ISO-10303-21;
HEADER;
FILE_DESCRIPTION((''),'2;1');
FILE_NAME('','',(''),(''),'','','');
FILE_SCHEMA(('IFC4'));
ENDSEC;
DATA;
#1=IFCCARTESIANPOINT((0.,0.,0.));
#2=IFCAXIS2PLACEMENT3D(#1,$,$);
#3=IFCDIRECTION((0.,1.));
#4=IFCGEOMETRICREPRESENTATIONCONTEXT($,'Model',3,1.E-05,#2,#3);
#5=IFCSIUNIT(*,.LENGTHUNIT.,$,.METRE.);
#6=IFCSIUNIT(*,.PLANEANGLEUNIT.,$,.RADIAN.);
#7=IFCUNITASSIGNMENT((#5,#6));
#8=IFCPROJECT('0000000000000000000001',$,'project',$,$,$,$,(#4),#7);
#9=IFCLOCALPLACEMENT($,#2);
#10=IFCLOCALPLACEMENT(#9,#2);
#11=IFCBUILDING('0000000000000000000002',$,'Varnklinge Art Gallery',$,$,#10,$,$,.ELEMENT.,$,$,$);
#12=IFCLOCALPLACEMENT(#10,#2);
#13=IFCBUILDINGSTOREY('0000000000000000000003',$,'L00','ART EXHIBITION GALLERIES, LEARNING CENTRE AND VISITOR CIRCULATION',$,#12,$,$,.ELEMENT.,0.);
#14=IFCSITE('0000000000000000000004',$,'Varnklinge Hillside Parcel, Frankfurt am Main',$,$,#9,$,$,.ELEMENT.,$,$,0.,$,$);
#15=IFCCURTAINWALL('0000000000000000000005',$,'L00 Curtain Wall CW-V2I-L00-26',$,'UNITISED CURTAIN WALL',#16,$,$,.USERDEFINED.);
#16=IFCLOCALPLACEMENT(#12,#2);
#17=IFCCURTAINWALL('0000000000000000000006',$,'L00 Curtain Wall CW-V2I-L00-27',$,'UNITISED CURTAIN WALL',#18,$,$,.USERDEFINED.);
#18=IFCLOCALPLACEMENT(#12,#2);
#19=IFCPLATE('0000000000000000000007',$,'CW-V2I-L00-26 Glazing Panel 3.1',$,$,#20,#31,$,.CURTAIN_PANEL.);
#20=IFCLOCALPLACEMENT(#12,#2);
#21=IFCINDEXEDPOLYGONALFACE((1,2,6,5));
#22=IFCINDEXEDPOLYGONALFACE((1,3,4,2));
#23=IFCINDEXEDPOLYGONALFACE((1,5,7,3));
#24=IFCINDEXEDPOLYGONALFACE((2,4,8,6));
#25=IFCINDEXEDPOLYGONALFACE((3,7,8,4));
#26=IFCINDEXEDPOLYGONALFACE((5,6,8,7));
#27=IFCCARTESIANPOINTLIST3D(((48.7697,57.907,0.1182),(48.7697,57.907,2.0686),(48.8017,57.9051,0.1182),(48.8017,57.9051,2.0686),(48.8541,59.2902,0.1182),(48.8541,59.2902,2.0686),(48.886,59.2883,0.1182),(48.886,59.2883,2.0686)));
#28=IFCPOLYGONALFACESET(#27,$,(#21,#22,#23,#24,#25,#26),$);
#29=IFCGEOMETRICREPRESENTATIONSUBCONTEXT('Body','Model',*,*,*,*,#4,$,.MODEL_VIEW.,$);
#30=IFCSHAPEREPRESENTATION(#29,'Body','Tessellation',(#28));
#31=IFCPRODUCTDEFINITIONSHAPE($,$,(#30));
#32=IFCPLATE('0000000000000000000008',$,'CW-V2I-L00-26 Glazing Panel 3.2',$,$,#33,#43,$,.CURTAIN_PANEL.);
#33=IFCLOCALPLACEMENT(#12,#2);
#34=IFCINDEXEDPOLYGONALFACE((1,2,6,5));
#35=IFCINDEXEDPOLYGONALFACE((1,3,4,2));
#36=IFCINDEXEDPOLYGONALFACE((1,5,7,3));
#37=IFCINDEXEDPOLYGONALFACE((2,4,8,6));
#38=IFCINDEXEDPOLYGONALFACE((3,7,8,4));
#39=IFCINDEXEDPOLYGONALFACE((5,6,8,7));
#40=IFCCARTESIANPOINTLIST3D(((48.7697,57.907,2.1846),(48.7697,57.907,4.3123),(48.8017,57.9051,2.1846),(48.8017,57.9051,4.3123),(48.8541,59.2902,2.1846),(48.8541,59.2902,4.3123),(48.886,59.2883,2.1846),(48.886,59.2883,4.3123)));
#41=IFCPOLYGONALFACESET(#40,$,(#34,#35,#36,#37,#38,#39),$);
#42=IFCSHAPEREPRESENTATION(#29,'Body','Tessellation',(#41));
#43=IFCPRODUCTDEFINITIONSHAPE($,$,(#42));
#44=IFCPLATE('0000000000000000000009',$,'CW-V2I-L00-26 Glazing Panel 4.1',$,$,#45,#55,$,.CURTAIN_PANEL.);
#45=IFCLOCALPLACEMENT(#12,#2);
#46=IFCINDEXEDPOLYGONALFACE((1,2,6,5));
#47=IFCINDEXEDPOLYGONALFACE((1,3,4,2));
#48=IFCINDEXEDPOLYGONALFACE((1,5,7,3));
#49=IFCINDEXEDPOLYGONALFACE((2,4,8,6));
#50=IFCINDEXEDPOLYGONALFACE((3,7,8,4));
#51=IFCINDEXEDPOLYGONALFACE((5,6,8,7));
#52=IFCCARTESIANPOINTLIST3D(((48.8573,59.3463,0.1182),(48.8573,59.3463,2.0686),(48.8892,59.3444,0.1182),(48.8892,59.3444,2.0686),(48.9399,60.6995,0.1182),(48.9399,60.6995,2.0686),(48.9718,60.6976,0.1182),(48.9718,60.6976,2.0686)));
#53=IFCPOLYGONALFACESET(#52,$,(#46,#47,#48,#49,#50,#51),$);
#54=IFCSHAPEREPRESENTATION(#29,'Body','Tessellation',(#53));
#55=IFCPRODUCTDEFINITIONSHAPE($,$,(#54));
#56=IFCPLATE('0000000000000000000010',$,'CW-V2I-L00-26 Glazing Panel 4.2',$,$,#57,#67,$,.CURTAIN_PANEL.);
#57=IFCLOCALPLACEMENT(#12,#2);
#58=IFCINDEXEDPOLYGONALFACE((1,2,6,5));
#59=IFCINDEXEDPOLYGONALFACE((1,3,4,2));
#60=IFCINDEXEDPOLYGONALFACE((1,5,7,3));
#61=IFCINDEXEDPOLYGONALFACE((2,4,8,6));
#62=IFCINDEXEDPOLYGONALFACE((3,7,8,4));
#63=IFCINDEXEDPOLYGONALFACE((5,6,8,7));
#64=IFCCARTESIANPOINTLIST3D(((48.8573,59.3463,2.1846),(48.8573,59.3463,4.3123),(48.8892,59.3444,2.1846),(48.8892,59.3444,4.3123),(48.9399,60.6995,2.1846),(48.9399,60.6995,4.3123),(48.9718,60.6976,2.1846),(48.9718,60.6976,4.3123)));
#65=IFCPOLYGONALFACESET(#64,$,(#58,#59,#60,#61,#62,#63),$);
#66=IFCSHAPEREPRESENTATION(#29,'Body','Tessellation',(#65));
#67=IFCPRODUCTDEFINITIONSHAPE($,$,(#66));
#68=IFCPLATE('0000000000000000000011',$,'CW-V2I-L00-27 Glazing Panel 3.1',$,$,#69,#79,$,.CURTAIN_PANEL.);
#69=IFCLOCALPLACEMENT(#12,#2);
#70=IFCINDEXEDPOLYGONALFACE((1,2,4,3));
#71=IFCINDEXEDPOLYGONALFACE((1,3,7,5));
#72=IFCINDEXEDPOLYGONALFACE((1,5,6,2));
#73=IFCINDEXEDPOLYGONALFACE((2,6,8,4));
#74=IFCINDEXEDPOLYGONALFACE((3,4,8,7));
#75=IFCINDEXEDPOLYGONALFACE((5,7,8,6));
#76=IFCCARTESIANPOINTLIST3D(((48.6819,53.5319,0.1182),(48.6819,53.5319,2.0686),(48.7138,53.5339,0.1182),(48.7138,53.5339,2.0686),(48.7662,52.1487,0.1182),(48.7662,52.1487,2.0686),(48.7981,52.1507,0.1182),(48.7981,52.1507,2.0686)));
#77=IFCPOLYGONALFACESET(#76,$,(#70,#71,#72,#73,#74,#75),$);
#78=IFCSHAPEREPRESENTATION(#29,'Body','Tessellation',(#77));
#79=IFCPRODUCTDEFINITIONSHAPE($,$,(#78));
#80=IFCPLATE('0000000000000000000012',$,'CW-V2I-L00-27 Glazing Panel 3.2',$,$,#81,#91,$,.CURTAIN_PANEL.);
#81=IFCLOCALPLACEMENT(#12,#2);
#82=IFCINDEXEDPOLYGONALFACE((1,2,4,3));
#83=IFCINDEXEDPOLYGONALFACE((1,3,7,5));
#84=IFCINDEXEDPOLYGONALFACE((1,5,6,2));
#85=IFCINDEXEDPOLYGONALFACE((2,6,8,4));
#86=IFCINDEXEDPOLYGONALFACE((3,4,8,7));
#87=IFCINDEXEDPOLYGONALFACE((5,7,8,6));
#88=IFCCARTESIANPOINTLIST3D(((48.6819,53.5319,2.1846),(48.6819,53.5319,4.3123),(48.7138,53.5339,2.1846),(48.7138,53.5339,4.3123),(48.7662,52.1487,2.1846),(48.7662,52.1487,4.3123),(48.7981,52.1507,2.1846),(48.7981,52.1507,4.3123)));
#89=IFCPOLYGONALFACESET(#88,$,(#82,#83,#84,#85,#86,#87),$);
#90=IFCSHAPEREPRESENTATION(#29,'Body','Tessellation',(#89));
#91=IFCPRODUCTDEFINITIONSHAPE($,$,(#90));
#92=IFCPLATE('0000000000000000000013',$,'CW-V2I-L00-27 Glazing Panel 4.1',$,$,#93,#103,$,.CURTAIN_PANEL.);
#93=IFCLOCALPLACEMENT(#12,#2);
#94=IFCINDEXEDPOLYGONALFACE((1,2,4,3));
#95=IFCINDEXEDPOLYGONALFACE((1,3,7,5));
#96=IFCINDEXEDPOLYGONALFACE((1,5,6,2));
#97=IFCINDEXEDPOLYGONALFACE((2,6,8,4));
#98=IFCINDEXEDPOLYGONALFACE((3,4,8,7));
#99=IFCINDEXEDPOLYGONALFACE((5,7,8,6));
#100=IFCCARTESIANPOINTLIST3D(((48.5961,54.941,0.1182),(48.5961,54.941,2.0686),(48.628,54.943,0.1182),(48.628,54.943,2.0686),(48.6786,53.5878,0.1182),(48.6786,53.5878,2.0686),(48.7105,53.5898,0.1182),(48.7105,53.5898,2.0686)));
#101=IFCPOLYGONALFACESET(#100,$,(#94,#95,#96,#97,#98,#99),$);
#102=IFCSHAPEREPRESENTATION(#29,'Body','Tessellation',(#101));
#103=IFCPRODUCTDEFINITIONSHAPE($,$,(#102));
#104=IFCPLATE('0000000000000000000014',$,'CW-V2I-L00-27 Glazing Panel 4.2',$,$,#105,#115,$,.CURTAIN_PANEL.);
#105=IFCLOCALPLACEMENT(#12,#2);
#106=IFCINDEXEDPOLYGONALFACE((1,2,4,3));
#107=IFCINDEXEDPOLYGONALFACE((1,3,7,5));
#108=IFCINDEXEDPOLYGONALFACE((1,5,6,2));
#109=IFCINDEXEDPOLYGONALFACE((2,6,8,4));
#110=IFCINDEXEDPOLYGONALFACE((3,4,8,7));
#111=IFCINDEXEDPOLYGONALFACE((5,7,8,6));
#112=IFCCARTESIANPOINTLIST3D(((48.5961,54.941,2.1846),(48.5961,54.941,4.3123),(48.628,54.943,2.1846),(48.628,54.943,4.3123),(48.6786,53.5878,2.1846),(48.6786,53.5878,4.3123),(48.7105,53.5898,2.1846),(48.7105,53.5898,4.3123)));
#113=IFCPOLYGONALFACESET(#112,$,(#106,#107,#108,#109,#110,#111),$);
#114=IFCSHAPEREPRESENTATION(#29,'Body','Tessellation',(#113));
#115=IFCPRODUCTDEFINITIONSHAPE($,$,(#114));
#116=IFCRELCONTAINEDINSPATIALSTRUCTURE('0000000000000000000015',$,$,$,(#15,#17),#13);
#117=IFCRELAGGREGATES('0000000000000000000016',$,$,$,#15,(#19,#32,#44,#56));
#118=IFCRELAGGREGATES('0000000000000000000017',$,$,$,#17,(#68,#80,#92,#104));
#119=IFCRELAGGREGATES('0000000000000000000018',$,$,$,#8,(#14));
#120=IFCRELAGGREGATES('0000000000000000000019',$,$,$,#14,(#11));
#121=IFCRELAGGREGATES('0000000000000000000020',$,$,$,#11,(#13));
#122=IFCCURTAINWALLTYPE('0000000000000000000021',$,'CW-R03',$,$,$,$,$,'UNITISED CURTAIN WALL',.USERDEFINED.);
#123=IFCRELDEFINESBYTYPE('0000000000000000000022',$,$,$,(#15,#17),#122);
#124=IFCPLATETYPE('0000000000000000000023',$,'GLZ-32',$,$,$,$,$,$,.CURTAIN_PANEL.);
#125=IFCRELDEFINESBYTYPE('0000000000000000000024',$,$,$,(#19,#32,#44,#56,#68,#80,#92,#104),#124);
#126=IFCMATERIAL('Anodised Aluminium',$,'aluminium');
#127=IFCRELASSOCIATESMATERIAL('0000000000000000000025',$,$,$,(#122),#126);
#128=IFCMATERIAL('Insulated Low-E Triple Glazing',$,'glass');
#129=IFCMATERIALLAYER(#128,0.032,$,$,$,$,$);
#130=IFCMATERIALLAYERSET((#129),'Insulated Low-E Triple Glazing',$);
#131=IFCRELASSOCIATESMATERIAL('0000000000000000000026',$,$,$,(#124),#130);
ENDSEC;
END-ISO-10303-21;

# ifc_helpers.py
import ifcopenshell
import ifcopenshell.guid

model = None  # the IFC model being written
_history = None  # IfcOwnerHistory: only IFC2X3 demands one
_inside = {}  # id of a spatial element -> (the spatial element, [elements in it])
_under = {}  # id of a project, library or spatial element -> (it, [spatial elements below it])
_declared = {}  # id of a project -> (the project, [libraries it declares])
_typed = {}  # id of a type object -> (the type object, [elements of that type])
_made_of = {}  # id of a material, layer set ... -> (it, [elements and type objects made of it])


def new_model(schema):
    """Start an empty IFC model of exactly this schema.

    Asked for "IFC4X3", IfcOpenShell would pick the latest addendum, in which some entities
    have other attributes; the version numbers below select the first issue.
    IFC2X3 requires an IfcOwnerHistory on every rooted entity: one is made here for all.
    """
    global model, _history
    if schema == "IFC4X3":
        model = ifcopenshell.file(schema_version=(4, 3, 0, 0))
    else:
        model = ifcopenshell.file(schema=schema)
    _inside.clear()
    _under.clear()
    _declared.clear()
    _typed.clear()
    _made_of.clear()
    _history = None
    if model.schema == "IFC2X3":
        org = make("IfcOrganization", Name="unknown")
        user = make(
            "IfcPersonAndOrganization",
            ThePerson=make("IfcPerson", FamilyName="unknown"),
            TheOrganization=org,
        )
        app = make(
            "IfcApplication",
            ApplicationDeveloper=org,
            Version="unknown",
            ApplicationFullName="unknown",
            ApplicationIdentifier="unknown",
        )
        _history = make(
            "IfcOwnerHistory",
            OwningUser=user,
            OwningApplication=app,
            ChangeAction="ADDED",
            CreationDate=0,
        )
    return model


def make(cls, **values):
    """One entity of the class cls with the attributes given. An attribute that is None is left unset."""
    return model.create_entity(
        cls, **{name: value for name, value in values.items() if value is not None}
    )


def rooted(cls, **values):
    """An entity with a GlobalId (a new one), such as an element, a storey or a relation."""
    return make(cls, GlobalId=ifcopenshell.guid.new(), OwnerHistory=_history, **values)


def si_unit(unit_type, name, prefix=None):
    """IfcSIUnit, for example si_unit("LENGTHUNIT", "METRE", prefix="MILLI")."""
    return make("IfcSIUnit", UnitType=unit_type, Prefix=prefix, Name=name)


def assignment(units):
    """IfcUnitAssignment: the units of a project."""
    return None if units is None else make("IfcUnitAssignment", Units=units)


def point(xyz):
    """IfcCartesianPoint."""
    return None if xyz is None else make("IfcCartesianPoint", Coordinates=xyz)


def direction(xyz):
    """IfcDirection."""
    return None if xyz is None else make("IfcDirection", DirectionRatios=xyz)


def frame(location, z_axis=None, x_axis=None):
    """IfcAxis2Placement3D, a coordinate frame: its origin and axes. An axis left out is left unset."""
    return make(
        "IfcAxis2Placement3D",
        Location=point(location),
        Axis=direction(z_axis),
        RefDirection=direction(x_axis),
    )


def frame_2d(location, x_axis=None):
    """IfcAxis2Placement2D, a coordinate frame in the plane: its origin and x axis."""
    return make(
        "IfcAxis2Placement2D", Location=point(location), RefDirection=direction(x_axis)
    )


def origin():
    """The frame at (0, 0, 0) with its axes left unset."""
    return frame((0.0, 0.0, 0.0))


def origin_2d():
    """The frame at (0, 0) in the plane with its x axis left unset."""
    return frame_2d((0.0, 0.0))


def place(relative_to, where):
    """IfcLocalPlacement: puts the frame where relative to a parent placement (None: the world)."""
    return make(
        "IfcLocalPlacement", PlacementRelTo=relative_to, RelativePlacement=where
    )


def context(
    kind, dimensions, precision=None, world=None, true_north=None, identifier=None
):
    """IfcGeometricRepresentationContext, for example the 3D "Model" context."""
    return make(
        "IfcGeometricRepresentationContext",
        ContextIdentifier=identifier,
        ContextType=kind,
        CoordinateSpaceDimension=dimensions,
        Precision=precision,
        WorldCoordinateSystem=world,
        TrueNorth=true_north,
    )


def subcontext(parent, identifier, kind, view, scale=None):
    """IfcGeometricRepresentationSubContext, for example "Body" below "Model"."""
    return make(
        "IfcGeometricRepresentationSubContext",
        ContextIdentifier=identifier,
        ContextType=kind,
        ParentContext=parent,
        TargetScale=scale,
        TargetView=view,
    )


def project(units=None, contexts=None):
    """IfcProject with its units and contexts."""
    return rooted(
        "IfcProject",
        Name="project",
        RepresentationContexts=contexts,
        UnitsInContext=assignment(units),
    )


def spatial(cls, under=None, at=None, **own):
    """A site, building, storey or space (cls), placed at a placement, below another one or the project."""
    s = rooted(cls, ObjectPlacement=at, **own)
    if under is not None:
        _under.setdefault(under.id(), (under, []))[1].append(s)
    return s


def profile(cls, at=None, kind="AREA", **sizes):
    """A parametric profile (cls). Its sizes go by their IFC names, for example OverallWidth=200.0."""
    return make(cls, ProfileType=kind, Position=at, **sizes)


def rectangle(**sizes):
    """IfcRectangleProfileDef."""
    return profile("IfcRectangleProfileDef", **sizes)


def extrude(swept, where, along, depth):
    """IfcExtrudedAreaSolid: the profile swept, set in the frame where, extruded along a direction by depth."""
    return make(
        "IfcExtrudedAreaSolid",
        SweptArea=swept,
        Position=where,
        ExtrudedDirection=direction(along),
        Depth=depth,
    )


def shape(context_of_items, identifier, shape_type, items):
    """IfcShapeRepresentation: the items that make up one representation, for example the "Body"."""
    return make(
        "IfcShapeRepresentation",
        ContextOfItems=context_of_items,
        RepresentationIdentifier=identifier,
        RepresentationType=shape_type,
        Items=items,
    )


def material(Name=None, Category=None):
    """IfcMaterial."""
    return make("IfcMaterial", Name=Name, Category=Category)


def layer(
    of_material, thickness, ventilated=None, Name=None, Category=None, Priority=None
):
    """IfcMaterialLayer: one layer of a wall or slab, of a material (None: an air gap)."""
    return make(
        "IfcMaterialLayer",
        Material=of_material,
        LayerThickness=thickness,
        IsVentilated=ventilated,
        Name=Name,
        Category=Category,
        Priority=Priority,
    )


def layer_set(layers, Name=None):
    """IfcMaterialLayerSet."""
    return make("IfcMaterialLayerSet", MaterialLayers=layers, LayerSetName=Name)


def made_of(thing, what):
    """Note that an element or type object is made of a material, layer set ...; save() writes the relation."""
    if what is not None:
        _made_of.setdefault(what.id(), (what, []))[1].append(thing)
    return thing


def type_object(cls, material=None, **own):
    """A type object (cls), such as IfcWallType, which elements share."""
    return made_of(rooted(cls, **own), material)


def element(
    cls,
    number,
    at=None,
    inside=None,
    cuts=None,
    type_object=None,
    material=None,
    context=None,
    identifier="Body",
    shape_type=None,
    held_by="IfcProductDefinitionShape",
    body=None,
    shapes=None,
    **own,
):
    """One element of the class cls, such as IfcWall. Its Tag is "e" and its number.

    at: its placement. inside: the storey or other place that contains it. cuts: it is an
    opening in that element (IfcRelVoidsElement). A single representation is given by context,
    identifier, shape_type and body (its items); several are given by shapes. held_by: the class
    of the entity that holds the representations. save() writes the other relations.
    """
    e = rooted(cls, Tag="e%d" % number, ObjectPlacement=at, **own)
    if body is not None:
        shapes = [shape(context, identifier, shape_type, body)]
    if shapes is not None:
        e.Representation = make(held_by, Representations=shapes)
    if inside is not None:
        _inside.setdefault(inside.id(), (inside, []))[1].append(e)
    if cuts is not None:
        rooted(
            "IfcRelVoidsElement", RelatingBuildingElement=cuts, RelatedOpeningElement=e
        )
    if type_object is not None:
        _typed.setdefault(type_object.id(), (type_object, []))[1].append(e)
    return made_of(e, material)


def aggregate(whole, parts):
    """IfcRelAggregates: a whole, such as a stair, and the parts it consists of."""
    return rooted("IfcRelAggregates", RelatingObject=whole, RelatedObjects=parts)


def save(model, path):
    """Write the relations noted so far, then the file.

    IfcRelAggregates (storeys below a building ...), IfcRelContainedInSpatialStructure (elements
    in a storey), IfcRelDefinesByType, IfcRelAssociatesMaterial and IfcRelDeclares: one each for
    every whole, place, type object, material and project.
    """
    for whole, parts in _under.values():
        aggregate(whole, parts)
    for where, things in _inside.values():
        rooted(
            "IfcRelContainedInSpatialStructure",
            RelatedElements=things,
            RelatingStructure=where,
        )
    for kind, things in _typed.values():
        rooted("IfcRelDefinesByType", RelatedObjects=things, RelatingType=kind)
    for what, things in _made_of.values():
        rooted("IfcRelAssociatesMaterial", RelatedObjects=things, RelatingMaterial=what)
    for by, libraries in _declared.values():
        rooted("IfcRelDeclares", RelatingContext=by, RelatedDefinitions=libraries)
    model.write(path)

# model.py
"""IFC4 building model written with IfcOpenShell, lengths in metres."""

from ifc_helpers import new_model, si_unit, direction, frame, origin, origin_2d, place, context, subcontext, project, spatial, rectangle, extrude, material, layer, layer_set, type_object, element, aggregate, save


model = new_model("IFC4")

# Units and contexts
model_context = context("Model", 3, precision=1e-05, world=origin(), true_north=direction((0.0, 1.0)))
body_context = subcontext(model_context, "Body", "Model", "MODEL_VIEW")
ifc_project = project(units=[si_unit("LENGTHUNIT", "METRE"), si_unit("PLANEANGLEUNIT", "RADIAN")], contexts=[model_context])

# Site, building, storey
site_placement = place(None, origin())
site = spatial("IfcSite", under=ifc_project, at=site_placement, Name="Varnklinge Hillside Parcel, Frankfurt am Main", CompositionType="ELEMENT", RefElevation=0.0)
building_placement = place(site_placement, origin())
building = spatial("IfcBuilding", under=site, at=building_placement, Name="Varnklinge Art Gallery", CompositionType="ELEMENT")
storey_placement = place(building_placement, origin())
storey = spatial("IfcBuildingStorey", under=building, at=storey_placement, Name="L00", Description="ART EXHIBITION GALLERIES, LEARNING CENTRE AND VISITOR CIRCULATION", CompositionType="ELEMENT", Elevation=0.0)

# Curtain walls
ifc_material_1 = material(Name="Anodised Aluminium", Category="aluminium")
curtain_wall_type = type_object("IfcCurtainWallType", Name="CW-R03", ElementType="UNITISED CURTAIN WALL", PredefinedType="USERDEFINED", material=ifc_material_1)
curtain_wall_1_placement = place(storey_placement, origin())
curtain_wall_1 = element("IfcCurtainWall", 1, at=curtain_wall_1_placement, inside=storey, type_object=curtain_wall_type, Name="L00 Curtain Wall CW-V2I-L00-26", ObjectType="UNITISED CURTAIN WALL", PredefinedType="USERDEFINED")
curtain_wall_2_placement = place(storey_placement, origin())
curtain_wall_2 = element("IfcCurtainWall", 2, at=curtain_wall_2_placement, inside=storey, type_object=curtain_wall_type, Name="L00 Curtain Wall CW-V2I-L00-27", ObjectType="UNITISED CURTAIN WALL", PredefinedType="USERDEFINED")

# Plates
ifc_material_2 = material(Name="Insulated Low-E Triple Glazing", Category="glass")
ifc_layer = layer(ifc_material_2, 0.032)
ifc_layer_set = layer_set([ifc_layer], Name="Insulated Low-E Triple Glazing")
plate_type = type_object("IfcPlateType", Name="GLZ-32", PredefinedType="CURTAIN_PANEL", material=ifc_layer_set)
plate_1_placement = place(storey_placement, frame((48.8279, 58.5977, 0.1182), z_axis=(0.0, 0.0, 1.0), x_axis=(0.060874, 0.998145, 0.0)))
plate_1 = element("IfcPlate", 3, at=plate_1_placement, type_object=plate_type, Name="CW-V2I-L00-26 Glazing Panel 3.1", PredefinedType="CURTAIN_PANEL", context=body_context, shape_type="SweptSolid", body=[
    extrude(rectangle(XDim=1.3857, YDim=0.032, at=origin_2d()), origin(), (0.0, 0.0, 1.0), 1.9504),
])
plate_2_placement = place(storey_placement, frame((48.8279, 58.5977, 2.1846), z_axis=(0.0, 0.0, 1.0), x_axis=(0.060874, 0.998145, 0.0)))
plate_2 = element("IfcPlate", 4, at=plate_2_placement, type_object=plate_type, Name="CW-V2I-L00-26 Glazing Panel 3.2", PredefinedType="CURTAIN_PANEL", context=body_context, shape_type="SweptSolid", body=[
    extrude(rectangle(XDim=1.3857, YDim=0.032, at=origin_2d()), origin(), (0.0, 0.0, 1.0), 2.1277),
])
plate_3_placement = place(storey_placement, frame((48.9146, 60.022, 0.1182), z_axis=(0.0, 0.0, 1.0), x_axis=(0.060874, 0.998145, 0.0)))
plate_3 = element("IfcPlate", 5, at=plate_3_placement, type_object=plate_type, Name="CW-V2I-L00-26 Glazing Panel 4.1", PredefinedType="CURTAIN_PANEL", context=body_context, shape_type="SweptSolid", body=[
    extrude(rectangle(XDim=1.3557, YDim=0.032, at=origin_2d()), origin(), (0.0, 0.0, 1.0), 1.9504),
])
plate_4_placement = place(storey_placement, frame((48.9146, 60.022, 2.1846), z_axis=(0.0, 0.0, 1.0), x_axis=(0.060874, 0.998145, 0.0)))
plate_4 = element("IfcPlate", 6, at=plate_4_placement, type_object=plate_type, Name="CW-V2I-L00-26 Glazing Panel 4.2", PredefinedType="CURTAIN_PANEL", context=body_context, shape_type="SweptSolid", body=[
    extrude(rectangle(XDim=1.3557, YDim=0.032, at=origin_2d()), origin(), (0.0, 0.0, 1.0), 2.1277),
])
aggregate(curtain_wall_1, [plate_1, plate_2, plate_3, plate_4])
plate_5_placement = place(storey_placement, frame((48.74, 52.8413, 0.1182), z_axis=(0.0, 0.0, 1.0), x_axis=(-0.060874, 0.998145, 0.0)))
plate_5 = element("IfcPlate", 7, at=plate_5_placement, type_object=plate_type, Name="CW-V2I-L00-27 Glazing Panel 3.1", PredefinedType="CURTAIN_PANEL", context=body_context, shape_type="SweptSolid", body=[
    extrude(rectangle(XDim=1.3857, YDim=0.032, at=origin_2d()), origin(), (0.0, 0.0, 1.0), 1.9504),
])
plate_6_placement = place(storey_placement, frame((48.74, 52.8413, 2.1846), z_axis=(0.0, 0.0, 1.0), x_axis=(-0.060874, 0.998145, 0.0)))
plate_6 = element("IfcPlate", 8, at=plate_6_placement, type_object=plate_type, Name="CW-V2I-L00-27 Glazing Panel 3.2", PredefinedType="CURTAIN_PANEL", context=body_context, shape_type="SweptSolid", body=[
    extrude(rectangle(XDim=1.3857, YDim=0.032, at=origin_2d()), origin(), (0.0, 0.0, 1.0), 2.1277),
])
plate_7_placement = place(storey_placement, frame((48.6533, 54.2654, 0.1182), z_axis=(0.0, 0.0, 1.0), x_axis=(-0.060874, 0.998145, 0.0)))
plate_7 = element("IfcPlate", 9, at=plate_7_placement, type_object=plate_type, Name="CW-V2I-L00-27 Glazing Panel 4.1", PredefinedType="CURTAIN_PANEL", context=body_context, shape_type="SweptSolid", body=[
    extrude(rectangle(XDim=1.3557, YDim=0.032, at=origin_2d()), origin(), (0.0, 0.0, 1.0), 1.9504),
])
plate_8_placement = place(storey_placement, frame((48.6533, 54.2654, 2.1846), z_axis=(0.0, 0.0, 1.0), x_axis=(-0.060874, 0.998145, 0.0)))
plate_8 = element("IfcPlate", 10, at=plate_8_placement, type_object=plate_type, Name="CW-V2I-L00-27 Glazing Panel 4.2", PredefinedType="CURTAIN_PANEL", context=body_context, shape_type="SweptSolid", body=[
    extrude(rectangle(XDim=1.3557, YDim=0.032, at=origin_2d()), origin(), (0.0, 0.0, 1.0), 2.1277),
])
aggregate(curtain_wall_2, [plate_5, plate_6, plate_7, plate_8])

save(model, "model.ifc")
